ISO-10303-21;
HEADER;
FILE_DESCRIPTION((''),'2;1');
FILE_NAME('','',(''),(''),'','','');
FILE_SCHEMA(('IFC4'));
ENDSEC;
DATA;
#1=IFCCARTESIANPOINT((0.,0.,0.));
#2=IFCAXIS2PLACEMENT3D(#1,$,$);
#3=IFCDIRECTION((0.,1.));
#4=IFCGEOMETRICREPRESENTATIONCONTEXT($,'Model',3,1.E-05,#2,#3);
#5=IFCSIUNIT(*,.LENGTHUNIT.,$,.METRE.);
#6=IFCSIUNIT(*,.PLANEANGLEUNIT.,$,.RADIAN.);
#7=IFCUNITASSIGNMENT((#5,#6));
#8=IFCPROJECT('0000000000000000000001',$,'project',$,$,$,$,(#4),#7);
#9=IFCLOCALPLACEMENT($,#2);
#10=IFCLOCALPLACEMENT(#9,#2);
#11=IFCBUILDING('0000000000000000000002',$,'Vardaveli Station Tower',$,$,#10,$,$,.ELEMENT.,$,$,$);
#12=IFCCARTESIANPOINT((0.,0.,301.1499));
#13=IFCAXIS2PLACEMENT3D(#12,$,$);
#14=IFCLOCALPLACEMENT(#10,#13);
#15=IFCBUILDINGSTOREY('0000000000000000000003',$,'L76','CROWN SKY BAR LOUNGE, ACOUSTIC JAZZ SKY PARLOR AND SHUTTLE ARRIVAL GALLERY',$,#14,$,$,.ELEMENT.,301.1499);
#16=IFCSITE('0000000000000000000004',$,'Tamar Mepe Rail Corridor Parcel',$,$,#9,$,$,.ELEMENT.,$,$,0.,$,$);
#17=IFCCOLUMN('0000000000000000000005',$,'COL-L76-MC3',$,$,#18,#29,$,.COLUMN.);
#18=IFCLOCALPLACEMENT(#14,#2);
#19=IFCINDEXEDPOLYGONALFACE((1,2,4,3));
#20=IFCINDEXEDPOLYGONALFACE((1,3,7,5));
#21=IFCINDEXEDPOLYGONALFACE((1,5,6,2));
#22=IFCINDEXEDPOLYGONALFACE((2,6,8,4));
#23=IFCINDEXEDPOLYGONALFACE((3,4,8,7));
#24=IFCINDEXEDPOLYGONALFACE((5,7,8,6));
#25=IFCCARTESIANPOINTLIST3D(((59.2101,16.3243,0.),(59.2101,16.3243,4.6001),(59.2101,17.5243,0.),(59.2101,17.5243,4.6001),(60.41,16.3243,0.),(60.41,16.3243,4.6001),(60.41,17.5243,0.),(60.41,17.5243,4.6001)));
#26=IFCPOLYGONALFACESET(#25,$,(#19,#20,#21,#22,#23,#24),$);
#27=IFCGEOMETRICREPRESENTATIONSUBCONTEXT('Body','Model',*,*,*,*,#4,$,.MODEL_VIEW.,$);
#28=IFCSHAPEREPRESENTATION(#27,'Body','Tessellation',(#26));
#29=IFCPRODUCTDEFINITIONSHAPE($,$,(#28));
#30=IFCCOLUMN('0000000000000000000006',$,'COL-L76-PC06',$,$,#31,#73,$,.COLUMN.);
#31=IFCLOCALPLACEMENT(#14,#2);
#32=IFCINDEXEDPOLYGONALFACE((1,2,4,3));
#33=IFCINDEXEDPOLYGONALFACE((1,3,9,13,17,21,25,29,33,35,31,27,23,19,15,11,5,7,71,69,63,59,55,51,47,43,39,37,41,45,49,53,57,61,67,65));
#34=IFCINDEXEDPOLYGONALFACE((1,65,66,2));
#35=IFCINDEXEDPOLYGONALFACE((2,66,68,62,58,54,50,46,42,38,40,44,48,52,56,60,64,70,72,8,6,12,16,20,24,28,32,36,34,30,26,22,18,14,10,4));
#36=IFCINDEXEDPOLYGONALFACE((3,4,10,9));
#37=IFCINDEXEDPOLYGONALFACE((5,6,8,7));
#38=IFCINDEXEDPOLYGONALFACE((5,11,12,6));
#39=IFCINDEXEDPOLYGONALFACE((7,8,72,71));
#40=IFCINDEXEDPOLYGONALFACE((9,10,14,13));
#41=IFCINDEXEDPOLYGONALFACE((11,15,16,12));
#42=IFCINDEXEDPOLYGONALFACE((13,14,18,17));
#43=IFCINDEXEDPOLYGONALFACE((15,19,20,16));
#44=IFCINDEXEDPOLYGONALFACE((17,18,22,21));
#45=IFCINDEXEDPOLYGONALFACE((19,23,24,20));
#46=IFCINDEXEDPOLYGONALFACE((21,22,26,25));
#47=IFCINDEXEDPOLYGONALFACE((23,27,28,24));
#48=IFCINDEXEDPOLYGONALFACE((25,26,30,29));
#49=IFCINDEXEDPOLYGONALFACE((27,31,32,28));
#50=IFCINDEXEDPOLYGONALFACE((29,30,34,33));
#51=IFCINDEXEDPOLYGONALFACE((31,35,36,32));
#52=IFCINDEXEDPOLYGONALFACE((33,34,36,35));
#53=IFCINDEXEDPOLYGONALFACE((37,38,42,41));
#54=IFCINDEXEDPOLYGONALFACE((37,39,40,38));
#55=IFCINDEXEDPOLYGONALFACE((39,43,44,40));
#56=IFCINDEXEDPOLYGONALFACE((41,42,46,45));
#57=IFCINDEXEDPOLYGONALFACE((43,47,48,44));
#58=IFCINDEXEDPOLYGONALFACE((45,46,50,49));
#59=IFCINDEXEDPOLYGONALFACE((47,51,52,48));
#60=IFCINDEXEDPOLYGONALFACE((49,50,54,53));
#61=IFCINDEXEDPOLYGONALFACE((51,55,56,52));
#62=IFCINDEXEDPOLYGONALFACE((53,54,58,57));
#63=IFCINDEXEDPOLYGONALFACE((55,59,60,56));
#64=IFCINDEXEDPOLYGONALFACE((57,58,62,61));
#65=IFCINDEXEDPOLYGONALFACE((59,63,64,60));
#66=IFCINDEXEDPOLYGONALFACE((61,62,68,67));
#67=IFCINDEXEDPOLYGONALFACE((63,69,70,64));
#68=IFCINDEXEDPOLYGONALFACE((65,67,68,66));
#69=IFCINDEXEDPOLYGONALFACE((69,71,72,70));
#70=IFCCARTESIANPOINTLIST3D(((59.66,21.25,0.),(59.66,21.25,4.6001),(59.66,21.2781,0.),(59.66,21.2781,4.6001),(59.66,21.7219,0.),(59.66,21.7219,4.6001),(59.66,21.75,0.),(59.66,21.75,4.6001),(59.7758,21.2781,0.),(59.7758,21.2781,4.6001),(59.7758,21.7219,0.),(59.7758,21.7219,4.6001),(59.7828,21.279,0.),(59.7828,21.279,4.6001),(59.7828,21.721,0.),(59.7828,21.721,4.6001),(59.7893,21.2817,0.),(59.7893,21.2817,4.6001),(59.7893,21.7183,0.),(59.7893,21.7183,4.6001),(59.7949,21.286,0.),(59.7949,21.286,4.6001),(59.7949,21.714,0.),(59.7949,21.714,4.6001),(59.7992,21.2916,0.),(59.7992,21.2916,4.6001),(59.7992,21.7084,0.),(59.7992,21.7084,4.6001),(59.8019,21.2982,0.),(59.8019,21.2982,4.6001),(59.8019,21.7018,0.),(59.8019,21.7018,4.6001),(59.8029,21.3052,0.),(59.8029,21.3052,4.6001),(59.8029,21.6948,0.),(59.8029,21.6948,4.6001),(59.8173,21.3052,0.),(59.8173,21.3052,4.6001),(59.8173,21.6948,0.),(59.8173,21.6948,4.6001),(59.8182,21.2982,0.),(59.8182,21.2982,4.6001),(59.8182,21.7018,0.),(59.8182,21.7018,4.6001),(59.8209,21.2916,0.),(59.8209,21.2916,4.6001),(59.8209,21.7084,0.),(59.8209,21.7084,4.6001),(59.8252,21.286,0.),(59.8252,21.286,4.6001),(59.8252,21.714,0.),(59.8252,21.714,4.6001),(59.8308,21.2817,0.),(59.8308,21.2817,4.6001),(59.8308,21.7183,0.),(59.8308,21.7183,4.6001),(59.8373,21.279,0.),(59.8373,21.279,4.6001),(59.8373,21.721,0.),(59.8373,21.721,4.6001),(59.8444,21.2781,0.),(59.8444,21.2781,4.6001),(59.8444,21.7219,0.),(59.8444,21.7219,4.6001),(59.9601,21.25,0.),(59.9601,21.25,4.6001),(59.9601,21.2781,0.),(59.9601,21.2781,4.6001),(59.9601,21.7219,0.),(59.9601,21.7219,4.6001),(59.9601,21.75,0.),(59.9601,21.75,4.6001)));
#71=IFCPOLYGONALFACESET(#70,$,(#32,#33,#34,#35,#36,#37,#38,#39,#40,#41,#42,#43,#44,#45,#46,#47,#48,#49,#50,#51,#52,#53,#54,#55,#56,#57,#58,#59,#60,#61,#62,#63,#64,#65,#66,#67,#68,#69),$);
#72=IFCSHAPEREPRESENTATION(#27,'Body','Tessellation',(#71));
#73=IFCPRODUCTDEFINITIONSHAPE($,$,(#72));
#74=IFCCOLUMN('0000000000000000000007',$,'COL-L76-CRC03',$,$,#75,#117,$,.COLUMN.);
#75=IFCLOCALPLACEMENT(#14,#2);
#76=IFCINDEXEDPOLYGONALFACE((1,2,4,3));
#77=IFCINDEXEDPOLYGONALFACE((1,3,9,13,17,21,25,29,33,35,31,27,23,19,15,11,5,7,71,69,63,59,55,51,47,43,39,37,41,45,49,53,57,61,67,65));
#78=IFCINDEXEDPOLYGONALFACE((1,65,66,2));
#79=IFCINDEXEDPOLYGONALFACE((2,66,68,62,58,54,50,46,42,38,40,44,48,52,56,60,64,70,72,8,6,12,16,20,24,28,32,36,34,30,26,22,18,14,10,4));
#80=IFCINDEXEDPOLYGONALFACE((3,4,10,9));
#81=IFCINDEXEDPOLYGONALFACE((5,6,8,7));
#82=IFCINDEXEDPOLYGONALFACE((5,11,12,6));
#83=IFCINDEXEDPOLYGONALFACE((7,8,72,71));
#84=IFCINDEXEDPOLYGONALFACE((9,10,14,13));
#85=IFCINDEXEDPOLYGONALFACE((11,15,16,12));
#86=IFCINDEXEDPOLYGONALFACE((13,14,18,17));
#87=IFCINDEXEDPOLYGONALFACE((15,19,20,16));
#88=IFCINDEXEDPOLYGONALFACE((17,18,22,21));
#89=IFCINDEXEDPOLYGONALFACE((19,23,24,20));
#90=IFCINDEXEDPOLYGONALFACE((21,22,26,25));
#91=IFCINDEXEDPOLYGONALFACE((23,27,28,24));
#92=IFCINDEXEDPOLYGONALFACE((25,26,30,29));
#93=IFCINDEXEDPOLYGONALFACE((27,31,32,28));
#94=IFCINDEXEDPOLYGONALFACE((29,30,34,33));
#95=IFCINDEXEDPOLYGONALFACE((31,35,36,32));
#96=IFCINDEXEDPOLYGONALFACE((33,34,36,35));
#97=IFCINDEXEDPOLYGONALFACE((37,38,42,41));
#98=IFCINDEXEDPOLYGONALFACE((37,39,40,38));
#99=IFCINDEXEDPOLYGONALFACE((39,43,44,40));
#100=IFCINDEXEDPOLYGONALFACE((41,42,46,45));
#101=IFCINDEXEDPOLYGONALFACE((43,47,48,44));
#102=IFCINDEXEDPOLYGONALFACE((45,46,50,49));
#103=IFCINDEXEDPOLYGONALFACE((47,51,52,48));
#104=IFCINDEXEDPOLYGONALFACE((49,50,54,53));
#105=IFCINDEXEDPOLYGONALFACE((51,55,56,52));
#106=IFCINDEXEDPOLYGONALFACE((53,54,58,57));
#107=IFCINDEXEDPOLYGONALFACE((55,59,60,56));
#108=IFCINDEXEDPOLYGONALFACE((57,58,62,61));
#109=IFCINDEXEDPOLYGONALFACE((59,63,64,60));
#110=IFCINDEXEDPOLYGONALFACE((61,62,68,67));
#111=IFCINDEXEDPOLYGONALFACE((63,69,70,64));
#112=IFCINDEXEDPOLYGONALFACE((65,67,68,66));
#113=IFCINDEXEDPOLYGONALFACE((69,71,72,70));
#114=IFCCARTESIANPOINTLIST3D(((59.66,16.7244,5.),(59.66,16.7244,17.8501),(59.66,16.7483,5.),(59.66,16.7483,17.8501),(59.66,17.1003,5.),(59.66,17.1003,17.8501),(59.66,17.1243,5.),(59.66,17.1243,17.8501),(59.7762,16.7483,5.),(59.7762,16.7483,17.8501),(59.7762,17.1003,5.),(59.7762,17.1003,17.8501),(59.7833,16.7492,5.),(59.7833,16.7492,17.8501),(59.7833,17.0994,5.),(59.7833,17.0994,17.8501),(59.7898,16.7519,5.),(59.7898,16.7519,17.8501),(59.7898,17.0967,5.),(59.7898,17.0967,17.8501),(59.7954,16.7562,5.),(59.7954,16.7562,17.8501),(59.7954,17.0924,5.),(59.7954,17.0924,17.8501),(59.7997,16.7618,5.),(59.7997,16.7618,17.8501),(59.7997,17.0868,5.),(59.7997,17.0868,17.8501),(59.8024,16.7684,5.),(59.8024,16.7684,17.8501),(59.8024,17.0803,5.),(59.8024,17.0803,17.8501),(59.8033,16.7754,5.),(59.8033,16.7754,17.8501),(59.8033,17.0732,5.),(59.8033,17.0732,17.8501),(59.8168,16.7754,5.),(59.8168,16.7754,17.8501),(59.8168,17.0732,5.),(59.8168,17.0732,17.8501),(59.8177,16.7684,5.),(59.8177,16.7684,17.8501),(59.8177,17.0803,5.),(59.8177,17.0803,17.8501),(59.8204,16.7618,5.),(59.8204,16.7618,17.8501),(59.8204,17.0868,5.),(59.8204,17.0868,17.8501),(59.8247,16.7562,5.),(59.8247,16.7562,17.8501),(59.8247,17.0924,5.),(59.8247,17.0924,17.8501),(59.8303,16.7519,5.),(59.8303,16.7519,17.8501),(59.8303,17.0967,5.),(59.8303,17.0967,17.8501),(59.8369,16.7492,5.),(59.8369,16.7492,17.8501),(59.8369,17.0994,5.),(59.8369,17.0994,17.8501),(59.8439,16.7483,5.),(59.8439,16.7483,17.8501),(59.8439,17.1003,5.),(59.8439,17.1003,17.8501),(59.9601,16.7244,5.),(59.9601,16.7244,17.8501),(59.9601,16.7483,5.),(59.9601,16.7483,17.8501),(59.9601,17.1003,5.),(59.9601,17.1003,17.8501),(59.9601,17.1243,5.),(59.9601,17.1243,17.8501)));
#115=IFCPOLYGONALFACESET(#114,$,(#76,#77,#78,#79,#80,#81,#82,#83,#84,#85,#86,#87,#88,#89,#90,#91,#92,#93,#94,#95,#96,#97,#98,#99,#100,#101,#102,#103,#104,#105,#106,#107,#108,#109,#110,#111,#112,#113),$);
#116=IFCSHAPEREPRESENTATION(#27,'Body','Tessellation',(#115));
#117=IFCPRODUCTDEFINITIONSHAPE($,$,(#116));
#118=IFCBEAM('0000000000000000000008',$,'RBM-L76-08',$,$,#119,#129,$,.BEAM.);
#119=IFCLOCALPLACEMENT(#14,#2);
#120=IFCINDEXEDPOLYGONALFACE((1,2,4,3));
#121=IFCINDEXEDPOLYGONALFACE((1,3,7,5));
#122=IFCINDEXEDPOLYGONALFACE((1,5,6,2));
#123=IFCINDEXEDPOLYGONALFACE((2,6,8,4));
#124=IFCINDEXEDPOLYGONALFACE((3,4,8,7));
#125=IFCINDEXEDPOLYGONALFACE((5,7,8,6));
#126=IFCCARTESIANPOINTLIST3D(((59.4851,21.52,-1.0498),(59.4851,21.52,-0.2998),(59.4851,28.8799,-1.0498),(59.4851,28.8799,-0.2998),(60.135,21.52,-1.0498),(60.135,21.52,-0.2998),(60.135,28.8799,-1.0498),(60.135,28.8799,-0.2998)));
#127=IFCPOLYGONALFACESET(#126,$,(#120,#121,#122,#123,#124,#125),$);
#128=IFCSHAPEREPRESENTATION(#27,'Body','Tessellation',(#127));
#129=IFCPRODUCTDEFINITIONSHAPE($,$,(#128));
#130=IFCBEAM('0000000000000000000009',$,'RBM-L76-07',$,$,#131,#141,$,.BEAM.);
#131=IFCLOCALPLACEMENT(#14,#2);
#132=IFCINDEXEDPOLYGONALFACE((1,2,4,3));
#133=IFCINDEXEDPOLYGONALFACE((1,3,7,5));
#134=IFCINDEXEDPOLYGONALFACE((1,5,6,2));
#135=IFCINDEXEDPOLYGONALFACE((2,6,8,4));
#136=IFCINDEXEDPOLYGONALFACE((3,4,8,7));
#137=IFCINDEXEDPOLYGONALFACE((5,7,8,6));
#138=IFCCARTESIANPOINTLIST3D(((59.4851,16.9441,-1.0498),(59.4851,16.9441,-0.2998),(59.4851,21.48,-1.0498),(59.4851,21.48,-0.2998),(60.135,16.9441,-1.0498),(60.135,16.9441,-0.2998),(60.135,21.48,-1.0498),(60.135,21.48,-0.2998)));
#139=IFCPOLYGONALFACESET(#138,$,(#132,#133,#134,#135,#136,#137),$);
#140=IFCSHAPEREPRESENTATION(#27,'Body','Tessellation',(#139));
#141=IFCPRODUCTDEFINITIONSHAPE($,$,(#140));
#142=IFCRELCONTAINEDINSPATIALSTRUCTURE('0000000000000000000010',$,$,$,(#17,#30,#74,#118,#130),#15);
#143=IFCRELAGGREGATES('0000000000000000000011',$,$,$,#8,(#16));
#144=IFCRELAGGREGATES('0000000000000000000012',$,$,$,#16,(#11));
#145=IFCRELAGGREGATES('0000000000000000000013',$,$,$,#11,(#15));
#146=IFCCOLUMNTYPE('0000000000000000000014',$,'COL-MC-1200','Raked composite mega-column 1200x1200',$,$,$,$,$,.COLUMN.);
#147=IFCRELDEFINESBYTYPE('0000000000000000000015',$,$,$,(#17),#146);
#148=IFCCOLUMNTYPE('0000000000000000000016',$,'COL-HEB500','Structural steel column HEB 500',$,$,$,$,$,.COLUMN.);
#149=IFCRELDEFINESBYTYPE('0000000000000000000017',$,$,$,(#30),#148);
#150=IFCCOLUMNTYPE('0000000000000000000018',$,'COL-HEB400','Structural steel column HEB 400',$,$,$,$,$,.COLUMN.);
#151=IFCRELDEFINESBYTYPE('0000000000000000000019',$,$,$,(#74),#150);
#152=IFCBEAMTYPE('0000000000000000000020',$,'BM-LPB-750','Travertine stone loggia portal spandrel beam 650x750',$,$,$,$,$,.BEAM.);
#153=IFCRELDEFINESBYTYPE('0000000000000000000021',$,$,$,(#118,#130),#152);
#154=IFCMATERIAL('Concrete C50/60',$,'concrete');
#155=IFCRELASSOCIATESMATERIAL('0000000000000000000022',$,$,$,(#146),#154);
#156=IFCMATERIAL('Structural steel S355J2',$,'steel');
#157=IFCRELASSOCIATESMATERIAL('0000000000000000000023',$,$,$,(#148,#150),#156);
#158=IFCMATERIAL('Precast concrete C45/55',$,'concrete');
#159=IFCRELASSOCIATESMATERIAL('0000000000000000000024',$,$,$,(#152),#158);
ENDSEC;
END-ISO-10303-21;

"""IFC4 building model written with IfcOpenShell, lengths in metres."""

from ifc_helpers import new_model, si_unit, direction, frame, origin, origin_2d, place, context, subcontext, project, spatial, rectangle, i_section, extrude, source, transform, mapped, material, material_profile, profile_set, type_object, element, save


model = new_model("IFC4")

# Units and contexts
model_context = context("Model", 3, precision=1e-05, world=origin(), true_north=direction((0.0, 1.0)))
body_context = subcontext(model_context, "Body", "Model", "MODEL_VIEW")
ifc_project = project(units=[si_unit("LENGTHUNIT", "METRE"), si_unit("PLANEANGLEUNIT", "RADIAN")], contexts=[model_context])

# Site, building, storey
site_placement = place(None, origin())
site = spatial("IfcSite", under=ifc_project, at=site_placement, Name="Tamar Mepe Rail Corridor Parcel", CompositionType="ELEMENT", RefElevation=0.0)
building_placement = place(site_placement, origin())
building = spatial("IfcBuilding", under=site, at=building_placement, Name="Vardaveli Station Tower", CompositionType="ELEMENT")
storey_placement = place(building_placement, frame((0.0, 0.0, 301.1499)))
storey = spatial("IfcBuildingStorey", under=building, at=storey_placement, Name="L76", Description="CROWN SKY BAR LOUNGE, ACOUSTIC JAZZ SKY PARLOR AND SHUTTLE ARRIVAL GALLERY", CompositionType="ELEMENT", Elevation=301.1499)

# Columns
ifc_material_1 = material(Name="Concrete C50/60", Category="concrete")
ifc_material_profile_1 = material_profile(ifc_material_1, rectangle(XDim=1.2, YDim=1.2, at=origin_2d()), Name="MC 1200x1200")
ifc_profile_set_1 = profile_set([ifc_material_profile_1], Name="Concrete C50/60")
column_type_1 = type_object("IfcColumnType", Name="COL-MC-1200", Description="Raked composite mega-column 1200x1200", PredefinedType="COLUMN", material=ifc_profile_set_1)
shared_shape_1 = source(origin(), body_context, "Body", "SweptSolid", [
    extrude(rectangle(XDim=1.2, YDim=1.2, at=origin_2d()), origin(), (0.0, 0.0, 1.0), 4.6001),
])
column_1_placement = place(storey_placement, frame((59.8101, 16.9243, 0.0), z_axis=(0.0, 0.0, 1.0), x_axis=(1.0, 0.0, 0.0)))
element("IfcColumn", 1, at=column_1_placement, inside=storey, type_object=column_type_1, Name="COL-L76-MC3", PredefinedType="COLUMN", context=body_context, shape_type="MappedRepresentation", body=[
    mapped(shared_shape_1, transform((0.0, 0.0, 0.0), scale=1.0)),
])
ifc_material_2 = material(Name="Structural steel S355J2", Category="steel")
ifc_material_profile_2 = material_profile(ifc_material_2, i_section(OverallWidth=0.3, OverallDepth=0.5, WebThickness=0.0144, FlangeThickness=0.0281, FilletRadius=0.0271, at=origin_2d()), Name="HEB 500")
ifc_profile_set_2 = profile_set([ifc_material_profile_2], Name="Structural steel S355J2")
column_type_2 = type_object("IfcColumnType", Name="COL-HEB500", Description="Structural steel column HEB 500", PredefinedType="COLUMN", material=ifc_profile_set_2)
shared_shape_2 = source(origin(), body_context, "Body", "SweptSolid", [
    extrude(i_section(OverallWidth=0.3, OverallDepth=0.5, WebThickness=0.0144, FlangeThickness=0.0281, FilletRadius=0.0271, at=origin_2d()), origin(), (0.0, 0.0, 1.0), 4.6001),
])
column_2_placement = place(storey_placement, frame((59.8101, 21.5, 0.0), z_axis=(0.0, 0.0, 1.0), x_axis=(1.0, 0.0, 0.0)))
element("IfcColumn", 2, at=column_2_placement, inside=storey, type_object=column_type_2, Name="COL-L76-PC06", PredefinedType="COLUMN", context=body_context, shape_type="MappedRepresentation", body=[
    mapped(shared_shape_2, transform((0.0, 0.0, 0.0), scale=1.0)),
])
ifc_material_profile_3 = material_profile(ifc_material_2, i_section(OverallWidth=0.3, OverallDepth=0.3999, WebThickness=0.0134, FlangeThickness=0.0239, FilletRadius=0.0271, at=origin_2d()), Name="HEB 400")
ifc_profile_set_3 = profile_set([ifc_material_profile_3], Name="Structural steel S355J2")
column_type_3 = type_object("IfcColumnType", Name="COL-HEB400", Description="Structural steel column HEB 400", PredefinedType="COLUMN", material=ifc_profile_set_3)
shared_shape_3 = source(origin(), body_context, "Body", "SweptSolid", [
    extrude(i_section(OverallWidth=0.3, OverallDepth=0.3999, WebThickness=0.0134, FlangeThickness=0.0239, FilletRadius=0.0271, at=origin_2d()), origin(), (0.0, 0.0, 1.0), 12.8501),
])
column_3_placement = place(storey_placement, frame((59.8101, 16.9243, 5.0), z_axis=(0.0, 0.0, 1.0), x_axis=(1.0, 0.0, 0.0)))
element("IfcColumn", 3, at=column_3_placement, inside=storey, type_object=column_type_3, Name="COL-L76-CRC03", PredefinedType="COLUMN", context=body_context, shape_type="MappedRepresentation", body=[
    mapped(shared_shape_3, transform((0.0, 0.0, 0.0), scale=1.0)),
])

# Beams
ifc_material_3 = material(Name="Precast concrete C45/55", Category="concrete")
ifc_material_profile_4 = material_profile(ifc_material_3, rectangle(XDim=0.6499, YDim=0.75, at=origin_2d()), Name="LPB 650x750")
ifc_profile_set_4 = profile_set([ifc_material_profile_4], Name="Precast concrete C45/55")
beam_type_1 = type_object("IfcBeamType", Name="BM-LPB-750", Description="Travertine stone loggia portal spandrel beam 650x750", PredefinedType="BEAM", material=ifc_profile_set_4)
shared_shape_4 = source(origin(), body_context, "Body", "SweptSolid", [
    extrude(rectangle(XDim=0.6499, YDim=0.75, at=origin_2d()), origin(), (0.0, 0.0, 1.0), 7.3599),
])
beam_1_placement = place(storey_placement, frame((59.8101, 21.52, -0.6748), z_axis=(0.0, 1.0, 0.0), x_axis=(-1.0, 0.0, 0.0)))
element("IfcBeam", 4, at=beam_1_placement, inside=storey, type_object=beam_type_1, Name="RBM-L76-08", PredefinedType="BEAM", context=body_context, shape_type="MappedRepresentation", body=[
    mapped(shared_shape_4, transform((0.0, 0.0, 0.0), scale=1.0)),
])
shared_shape_5 = source(origin(), body_context, "Body", "SweptSolid", [
    extrude(rectangle(XDim=0.6499, YDim=0.75, at=origin_2d()), origin(), (0.0, 0.0, 1.0), 4.5359),
])
beam_2_placement = place(storey_placement, frame((59.8101, 16.9441, -0.6748), z_axis=(0.0, 1.0, 0.0), x_axis=(-1.0, 0.0, 0.0)))
element("IfcBeam", 5, at=beam_2_placement, inside=storey, type_object=beam_type_1, Name="RBM-L76-07", PredefinedType="BEAM", context=body_context, shape_type="MappedRepresentation", body=[
    mapped(shared_shape_5, transform((0.0, 0.0, 0.0), scale=1.0)),
])

save(model, "model.ifc")
